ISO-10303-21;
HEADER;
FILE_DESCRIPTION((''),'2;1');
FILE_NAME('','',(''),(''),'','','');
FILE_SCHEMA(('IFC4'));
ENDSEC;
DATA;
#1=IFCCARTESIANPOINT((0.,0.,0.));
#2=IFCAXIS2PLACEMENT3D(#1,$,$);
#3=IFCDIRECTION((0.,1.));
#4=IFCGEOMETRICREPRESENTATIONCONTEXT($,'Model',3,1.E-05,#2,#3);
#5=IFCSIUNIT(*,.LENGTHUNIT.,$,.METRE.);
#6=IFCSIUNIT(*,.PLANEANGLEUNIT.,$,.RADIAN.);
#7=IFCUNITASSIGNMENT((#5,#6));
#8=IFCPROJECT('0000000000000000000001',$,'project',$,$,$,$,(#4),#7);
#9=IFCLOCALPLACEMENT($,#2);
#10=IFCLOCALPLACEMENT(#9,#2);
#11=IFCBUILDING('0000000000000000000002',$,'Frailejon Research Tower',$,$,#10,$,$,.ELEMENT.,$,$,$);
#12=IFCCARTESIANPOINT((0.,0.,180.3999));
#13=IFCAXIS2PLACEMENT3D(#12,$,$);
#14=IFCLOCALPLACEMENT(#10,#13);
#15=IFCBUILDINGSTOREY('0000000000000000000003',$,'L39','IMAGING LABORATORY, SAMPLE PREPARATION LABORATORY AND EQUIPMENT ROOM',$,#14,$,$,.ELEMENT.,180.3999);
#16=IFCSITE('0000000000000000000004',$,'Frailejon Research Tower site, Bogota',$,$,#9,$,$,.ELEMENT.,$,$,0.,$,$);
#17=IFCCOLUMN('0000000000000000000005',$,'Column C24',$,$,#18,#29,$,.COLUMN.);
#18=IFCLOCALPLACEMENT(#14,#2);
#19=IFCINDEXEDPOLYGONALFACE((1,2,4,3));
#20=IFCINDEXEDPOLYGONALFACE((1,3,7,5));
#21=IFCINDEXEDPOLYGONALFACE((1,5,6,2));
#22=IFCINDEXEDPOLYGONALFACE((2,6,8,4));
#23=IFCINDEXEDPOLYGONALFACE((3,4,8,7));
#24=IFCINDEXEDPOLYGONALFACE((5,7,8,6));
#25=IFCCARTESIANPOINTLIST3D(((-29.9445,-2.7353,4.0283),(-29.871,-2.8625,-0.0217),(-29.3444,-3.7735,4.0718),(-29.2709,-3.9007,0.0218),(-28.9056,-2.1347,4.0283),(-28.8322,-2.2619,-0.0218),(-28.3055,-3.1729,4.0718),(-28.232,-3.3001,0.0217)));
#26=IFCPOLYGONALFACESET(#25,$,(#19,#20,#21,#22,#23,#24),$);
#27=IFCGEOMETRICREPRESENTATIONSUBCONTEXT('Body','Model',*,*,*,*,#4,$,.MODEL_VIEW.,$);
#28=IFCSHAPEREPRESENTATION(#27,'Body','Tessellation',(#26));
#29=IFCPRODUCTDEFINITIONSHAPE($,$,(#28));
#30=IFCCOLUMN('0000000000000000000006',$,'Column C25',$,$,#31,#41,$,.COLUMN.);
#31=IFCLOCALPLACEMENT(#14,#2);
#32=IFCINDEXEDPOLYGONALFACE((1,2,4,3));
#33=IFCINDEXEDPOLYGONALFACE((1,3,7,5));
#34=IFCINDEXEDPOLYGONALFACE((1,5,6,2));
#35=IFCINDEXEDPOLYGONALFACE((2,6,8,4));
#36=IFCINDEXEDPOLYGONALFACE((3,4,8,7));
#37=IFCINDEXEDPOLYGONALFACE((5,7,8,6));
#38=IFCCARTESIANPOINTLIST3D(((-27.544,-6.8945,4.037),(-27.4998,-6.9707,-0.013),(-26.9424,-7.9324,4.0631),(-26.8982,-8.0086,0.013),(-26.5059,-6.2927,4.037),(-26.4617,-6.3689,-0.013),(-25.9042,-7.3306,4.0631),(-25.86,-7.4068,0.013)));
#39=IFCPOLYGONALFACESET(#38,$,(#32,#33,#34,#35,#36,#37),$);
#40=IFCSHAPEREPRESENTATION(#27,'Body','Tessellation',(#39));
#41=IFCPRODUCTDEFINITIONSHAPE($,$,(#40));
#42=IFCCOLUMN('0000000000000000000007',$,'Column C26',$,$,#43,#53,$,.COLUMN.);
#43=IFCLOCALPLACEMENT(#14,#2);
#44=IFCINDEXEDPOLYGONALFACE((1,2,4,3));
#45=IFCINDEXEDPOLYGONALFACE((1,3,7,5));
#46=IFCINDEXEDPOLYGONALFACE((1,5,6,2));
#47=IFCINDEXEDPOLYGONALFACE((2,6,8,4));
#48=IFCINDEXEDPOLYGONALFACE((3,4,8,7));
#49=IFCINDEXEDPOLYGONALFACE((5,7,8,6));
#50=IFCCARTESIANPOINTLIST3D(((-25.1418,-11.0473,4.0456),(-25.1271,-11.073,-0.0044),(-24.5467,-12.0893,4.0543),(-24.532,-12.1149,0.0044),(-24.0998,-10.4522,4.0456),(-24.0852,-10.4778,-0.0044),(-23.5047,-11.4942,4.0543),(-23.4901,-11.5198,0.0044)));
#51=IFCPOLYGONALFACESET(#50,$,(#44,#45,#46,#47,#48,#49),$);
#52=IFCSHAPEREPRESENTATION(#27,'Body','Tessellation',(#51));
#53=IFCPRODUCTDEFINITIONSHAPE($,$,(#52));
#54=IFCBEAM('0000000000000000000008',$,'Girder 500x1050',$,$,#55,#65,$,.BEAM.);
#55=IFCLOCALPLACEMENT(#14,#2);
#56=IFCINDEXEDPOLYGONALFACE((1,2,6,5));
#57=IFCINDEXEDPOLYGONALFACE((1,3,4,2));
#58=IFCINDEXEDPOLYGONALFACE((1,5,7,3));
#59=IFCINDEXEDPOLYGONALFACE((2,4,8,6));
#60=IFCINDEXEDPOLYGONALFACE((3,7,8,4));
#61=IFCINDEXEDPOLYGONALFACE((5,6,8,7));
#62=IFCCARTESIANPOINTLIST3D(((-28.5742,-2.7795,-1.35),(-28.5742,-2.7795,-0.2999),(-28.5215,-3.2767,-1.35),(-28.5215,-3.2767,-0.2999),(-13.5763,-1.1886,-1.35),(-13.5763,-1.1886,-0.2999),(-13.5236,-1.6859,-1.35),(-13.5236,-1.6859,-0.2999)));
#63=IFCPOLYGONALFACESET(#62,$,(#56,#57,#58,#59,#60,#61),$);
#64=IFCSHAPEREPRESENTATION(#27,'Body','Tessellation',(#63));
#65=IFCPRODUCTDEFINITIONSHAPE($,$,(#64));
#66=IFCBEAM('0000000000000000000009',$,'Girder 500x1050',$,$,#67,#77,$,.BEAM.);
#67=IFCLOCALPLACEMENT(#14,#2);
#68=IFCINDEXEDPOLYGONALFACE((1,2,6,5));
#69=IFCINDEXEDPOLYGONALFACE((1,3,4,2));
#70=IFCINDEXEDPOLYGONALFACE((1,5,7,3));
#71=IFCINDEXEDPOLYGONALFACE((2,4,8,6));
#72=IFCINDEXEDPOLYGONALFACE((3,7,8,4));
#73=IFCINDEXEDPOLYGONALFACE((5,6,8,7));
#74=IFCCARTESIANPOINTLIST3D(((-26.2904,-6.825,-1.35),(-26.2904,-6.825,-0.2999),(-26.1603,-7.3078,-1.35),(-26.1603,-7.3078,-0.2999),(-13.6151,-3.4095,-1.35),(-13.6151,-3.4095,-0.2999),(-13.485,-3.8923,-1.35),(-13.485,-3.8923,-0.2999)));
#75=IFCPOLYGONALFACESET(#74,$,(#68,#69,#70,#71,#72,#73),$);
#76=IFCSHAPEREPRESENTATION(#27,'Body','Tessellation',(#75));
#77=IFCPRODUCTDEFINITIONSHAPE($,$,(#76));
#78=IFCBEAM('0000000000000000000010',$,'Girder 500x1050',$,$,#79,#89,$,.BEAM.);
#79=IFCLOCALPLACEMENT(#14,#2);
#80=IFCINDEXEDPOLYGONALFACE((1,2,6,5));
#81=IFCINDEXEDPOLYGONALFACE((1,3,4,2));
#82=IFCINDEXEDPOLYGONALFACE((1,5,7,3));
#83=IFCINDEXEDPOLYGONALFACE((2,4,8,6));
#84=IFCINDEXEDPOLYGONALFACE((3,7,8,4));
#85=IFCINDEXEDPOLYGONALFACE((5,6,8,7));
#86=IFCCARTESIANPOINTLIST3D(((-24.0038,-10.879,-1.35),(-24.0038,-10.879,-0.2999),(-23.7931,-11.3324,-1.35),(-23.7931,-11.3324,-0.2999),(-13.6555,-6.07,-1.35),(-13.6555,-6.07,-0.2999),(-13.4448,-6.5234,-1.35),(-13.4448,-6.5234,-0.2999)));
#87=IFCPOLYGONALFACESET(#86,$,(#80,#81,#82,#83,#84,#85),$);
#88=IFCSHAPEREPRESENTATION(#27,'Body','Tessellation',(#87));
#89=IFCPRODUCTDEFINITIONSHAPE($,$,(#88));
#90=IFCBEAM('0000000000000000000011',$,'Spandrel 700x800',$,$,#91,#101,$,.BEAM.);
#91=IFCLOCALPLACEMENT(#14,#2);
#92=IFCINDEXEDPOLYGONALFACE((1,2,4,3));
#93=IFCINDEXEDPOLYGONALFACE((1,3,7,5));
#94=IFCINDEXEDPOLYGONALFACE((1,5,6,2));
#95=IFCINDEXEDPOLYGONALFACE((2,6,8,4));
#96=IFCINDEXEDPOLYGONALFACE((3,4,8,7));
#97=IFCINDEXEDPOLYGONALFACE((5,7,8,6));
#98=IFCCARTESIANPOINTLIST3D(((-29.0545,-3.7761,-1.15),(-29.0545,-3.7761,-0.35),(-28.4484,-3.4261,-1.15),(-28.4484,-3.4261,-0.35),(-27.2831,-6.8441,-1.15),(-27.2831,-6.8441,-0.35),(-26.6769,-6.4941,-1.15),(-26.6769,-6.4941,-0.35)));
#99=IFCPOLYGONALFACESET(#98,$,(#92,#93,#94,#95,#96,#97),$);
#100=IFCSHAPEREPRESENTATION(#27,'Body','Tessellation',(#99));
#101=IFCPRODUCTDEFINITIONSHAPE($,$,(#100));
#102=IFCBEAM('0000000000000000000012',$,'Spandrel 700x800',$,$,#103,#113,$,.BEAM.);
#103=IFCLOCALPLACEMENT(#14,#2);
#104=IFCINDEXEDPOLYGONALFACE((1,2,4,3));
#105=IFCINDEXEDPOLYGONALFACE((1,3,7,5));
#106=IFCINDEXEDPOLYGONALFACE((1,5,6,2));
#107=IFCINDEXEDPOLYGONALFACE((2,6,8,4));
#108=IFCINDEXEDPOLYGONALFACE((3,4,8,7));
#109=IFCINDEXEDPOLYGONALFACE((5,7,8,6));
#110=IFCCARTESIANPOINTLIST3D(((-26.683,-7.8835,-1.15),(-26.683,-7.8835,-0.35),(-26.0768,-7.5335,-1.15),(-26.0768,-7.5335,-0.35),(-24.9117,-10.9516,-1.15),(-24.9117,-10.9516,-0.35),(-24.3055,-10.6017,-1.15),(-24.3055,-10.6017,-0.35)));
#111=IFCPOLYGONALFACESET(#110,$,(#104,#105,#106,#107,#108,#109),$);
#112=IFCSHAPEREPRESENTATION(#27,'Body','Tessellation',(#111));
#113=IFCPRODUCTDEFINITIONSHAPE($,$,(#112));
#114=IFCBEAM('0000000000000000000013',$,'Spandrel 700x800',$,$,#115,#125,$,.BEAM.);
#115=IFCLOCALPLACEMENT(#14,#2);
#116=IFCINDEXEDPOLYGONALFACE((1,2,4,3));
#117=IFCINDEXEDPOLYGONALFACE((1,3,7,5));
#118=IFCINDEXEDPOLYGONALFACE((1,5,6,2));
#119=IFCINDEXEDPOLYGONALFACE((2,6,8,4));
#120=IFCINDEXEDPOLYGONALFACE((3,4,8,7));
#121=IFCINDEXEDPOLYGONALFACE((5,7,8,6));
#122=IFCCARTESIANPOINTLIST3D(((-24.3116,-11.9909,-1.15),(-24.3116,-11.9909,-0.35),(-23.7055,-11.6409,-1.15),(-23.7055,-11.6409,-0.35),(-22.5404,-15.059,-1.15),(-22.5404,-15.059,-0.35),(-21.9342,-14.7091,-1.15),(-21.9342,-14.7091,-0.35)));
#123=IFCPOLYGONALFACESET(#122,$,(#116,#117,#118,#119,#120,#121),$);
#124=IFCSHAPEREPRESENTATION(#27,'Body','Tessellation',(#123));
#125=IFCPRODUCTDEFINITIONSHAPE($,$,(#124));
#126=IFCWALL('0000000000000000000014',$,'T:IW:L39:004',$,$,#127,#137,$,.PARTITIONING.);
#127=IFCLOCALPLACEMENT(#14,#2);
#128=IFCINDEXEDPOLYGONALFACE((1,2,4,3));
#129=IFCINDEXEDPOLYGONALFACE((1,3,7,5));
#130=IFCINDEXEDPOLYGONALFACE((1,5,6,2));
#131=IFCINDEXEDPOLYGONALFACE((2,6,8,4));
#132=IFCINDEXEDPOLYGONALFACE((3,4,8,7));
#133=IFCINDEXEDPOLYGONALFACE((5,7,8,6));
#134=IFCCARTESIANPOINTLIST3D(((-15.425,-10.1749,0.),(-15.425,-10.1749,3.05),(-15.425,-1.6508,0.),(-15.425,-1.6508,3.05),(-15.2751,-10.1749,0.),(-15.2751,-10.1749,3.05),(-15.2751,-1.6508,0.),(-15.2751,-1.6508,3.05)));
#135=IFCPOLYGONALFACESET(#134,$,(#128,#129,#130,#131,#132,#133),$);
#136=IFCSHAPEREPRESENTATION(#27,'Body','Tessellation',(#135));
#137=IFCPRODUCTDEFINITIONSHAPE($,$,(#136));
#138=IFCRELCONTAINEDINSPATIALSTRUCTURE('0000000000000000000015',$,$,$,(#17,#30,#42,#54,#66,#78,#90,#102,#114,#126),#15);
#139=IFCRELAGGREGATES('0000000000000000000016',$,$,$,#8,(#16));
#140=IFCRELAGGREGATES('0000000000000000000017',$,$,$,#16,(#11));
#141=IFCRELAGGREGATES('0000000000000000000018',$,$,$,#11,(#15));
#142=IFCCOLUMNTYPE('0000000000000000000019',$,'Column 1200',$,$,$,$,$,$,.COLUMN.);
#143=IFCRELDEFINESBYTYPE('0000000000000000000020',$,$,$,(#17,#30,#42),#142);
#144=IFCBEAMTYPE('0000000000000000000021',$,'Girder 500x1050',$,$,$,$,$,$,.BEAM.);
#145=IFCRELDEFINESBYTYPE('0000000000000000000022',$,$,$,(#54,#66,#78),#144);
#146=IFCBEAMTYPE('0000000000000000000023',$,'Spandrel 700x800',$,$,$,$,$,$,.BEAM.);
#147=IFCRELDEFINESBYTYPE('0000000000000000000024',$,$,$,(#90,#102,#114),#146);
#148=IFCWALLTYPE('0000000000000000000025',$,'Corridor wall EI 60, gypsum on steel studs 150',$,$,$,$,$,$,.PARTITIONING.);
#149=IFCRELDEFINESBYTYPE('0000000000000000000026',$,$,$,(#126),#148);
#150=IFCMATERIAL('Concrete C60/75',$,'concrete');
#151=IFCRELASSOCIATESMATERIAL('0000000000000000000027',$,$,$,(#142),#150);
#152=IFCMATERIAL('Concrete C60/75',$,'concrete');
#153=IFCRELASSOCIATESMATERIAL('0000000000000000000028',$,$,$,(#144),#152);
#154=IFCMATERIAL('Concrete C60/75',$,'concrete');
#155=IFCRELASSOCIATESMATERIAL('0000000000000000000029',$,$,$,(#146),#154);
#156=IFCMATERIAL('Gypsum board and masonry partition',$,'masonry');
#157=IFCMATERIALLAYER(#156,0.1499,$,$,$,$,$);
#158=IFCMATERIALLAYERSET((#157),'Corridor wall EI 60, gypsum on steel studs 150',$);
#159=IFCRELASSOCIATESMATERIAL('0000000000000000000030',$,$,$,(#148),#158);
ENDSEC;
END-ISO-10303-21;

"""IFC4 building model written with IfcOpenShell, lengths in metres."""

from ifc_helpers import new_model, si_unit, direction, frame, frame_2d, origin, origin_2d, place, context, subcontext, project, spatial, rectangle, extrude, material, layer, layer_set, material_profile, profile_set, type_object, element, save


model = new_model("IFC4")

# Units and contexts
model_context = context("Model", 3, precision=1e-05, world=origin(), true_north=direction((0.0, 1.0)))
body_context = subcontext(model_context, "Body", "Model", "MODEL_VIEW")
ifc_project = project(units=[si_unit("LENGTHUNIT", "METRE"), si_unit("PLANEANGLEUNIT", "RADIAN")], contexts=[model_context])

# Site, building, storey
site_placement = place(None, origin())
site = spatial("IfcSite", under=ifc_project, at=site_placement, Name="Frailejon Research Tower site, Bogota", CompositionType="ELEMENT", RefElevation=0.0)
building_placement = place(site_placement, origin())
building = spatial("IfcBuilding", under=site, at=building_placement, Name="Frailejon Research Tower", CompositionType="ELEMENT")
storey_placement = place(building_placement, frame((0.0, 0.0, 180.3999)))
storey = spatial("IfcBuildingStorey", under=building, at=storey_placement, Name="L39", Description="IMAGING LABORATORY, SAMPLE PREPARATION LABORATORY AND EQUIPMENT ROOM", CompositionType="ELEMENT", Elevation=180.3999)

# Columns
ifc_material_1 = material(Name="Concrete C60/75", Category="concrete")
ifc_material_profile_1 = material_profile(ifc_material_1, rectangle(XDim=1.2, YDim=1.2, at=origin_2d()), Name="Column 1200")
ifc_profile_set_1 = profile_set([ifc_material_profile_1], Name="Concrete C60/75")
column_type = type_object("IfcColumnType", Name="Column 1200", PredefinedType="COLUMN", material=ifc_profile_set_1)
column_1_placement = place(storey_placement, frame((-29.0515, -3.0813, 0.0), z_axis=(-0.018133, 0.031386, 0.999343), x_axis=(0.500145, -0.865183, 0.036247)))
element("IfcColumn", 1, at=column_1_placement, inside=storey, type_object=column_type, Name="Column C24", PredefinedType="COLUMN", context=body_context, shape_type="SweptSolid", body=[
    extrude(rectangle(XDim=1.2, YDim=1.2, at=origin_2d()), origin(), (0.0, 0.0, 1.0), 4.0527),
])
column_2_placement = place(storey_placement, frame((-26.6799, -7.1887, 0.0), z_axis=(-0.010908, 0.018803, 0.999764), x_axis=(0.501388, -0.864949, 0.021738)))
element("IfcColumn", 2, at=column_2_placement, inside=storey, type_object=column_type, Name="Column C25", PredefinedType="COLUMN", context=body_context, shape_type="SweptSolid", body=[
    extrude(rectangle(XDim=1.2, YDim=1.2, at=origin_2d()), origin(), (0.0, 0.0, 1.0), 4.051),
])
column_3_placement = place(storey_placement, frame((-24.3086, -11.2964, 0.0), z_axis=(-0.003617, 0.006329, 0.999973), x_axis=(0.495951, -0.86832, 0.00729)))
element("IfcColumn", 3, at=column_3_placement, inside=storey, type_object=column_type, Name="Column C26", PredefinedType="COLUMN", context=body_context, shape_type="SweptSolid", body=[
    extrude(rectangle(XDim=1.2, YDim=1.2, at=origin_2d()), origin(), (0.0, 0.0, 1.0), 4.05),
])

# Beams
ifc_material_2 = material(Name="Concrete C60/75", Category="concrete")
ifc_material_profile_2 = material_profile(ifc_material_2, rectangle(XDim=0.5, YDim=1.05, at=origin_2d()), Name="Girder 500x1050")
ifc_profile_set_2 = profile_set([ifc_material_profile_2], Name="Concrete C60/75")
beam_type_1 = type_object("IfcBeamType", Name="Girder 500x1050", PredefinedType="BEAM", material=ifc_profile_set_2)
beam_1_placement = place(storey_placement, frame((-28.5479, -3.0281, -0.825), z_axis=(0.994422, 0.105479, 0.0), x_axis=(-0.105479, 0.994422, 0.0)))
element("IfcBeam", 4, at=beam_1_placement, inside=storey, type_object=beam_type_1, Name="Girder 500x1050", PredefinedType="BEAM", context=body_context, shape_type="SweptSolid", body=[
    extrude(rectangle(XDim=0.5, YDim=1.05, at=origin_2d()), origin(), (0.0, 0.0, 1.0), 15.082),
])
beam_2_placement = place(storey_placement, frame((-26.2253, -7.0664, -0.825), z_axis=(0.965559, 0.260183, 0.0), x_axis=(-0.260183, 0.965559, 0.0)))
element("IfcBeam", 5, at=beam_2_placement, inside=storey, type_object=beam_type_1, Name="Girder 500x1050", PredefinedType="BEAM", context=body_context, shape_type="SweptSolid", body=[
    extrude(rectangle(XDim=0.5, YDim=1.05, at=origin_2d()), origin(), (0.0, 0.0, 1.0), 13.1274),
])
beam_3_placement = place(storey_placement, frame((-23.8984, -11.1057, -0.825), z_axis=(0.906859, 0.421434, 0.0), x_axis=(-0.421434, 0.906859, 0.0)))
element("IfcBeam", 6, at=beam_3_placement, inside=storey, type_object=beam_type_1, Name="Girder 500x1050", PredefinedType="BEAM", context=body_context, shape_type="SweptSolid", body=[
    extrude(rectangle(XDim=0.5, YDim=1.05, at=origin_2d()), origin(), (0.0, 0.0, 1.0), 11.4111),
])
ifc_material_3 = material(Name="Concrete C60/75", Category="concrete")
ifc_material_profile_3 = material_profile(ifc_material_3, rectangle(XDim=0.7, YDim=0.8, at=origin_2d()), Name="Spandrel 700x800")
ifc_profile_set_3 = profile_set([ifc_material_profile_3], Name="Concrete C60/75")
beam_type_2 = type_object("IfcBeamType", Name="Spandrel 700x800", PredefinedType="BEAM", material=ifc_profile_set_3)
for number, where, z_axis, x_axis, name in (
    (7, (-28.7515, -3.6011, -0.75), (0.500023, -0.866012, 0.0), (0.866012, 0.500023, 0.0), "Spandrel 700x800"),
    (8, (-26.3799, -7.7085, -0.75), (0.499971, -0.866042, 0.0), (0.866042, 0.499971, 0.0), "Spandrel 700x800"),
    (9, (-24.0085, -11.8159, -0.75), (0.499971, -0.866042, 0.0), (0.866042, 0.499971, 0.0), "Spandrel 700x800"),
):
    element("IfcBeam", number, at=place(storey_placement, frame(where, z_axis=z_axis, x_axis=x_axis)), inside=storey, type_object=beam_type_2, Name=name, PredefinedType="BEAM", context=body_context, shape_type="SweptSolid", body=[
        extrude(rectangle(XDim=0.7, YDim=0.8, at=origin_2d()), origin(), (0.0, 0.0, 1.0), 3.5427),
    ])

# Wall
ifc_material_4 = material(Name="Gypsum board and masonry partition", Category="masonry")
ifc_layer_1 = layer(ifc_material_4, 0.1499)
ifc_layer_set_1 = layer_set([ifc_layer_1], Name="Corridor wall EI 60, gypsum on steel studs 150")
wall_type_1 = type_object("IfcWallType", Name="Corridor wall EI 60, gypsum on steel studs 150", PredefinedType="PARTITIONING", material=ifc_layer_set_1)
wall_1_placement = place(storey_placement, frame((-15.3501, -10.175, 0.0), z_axis=(0.0, 0.0, 1.0), x_axis=(0.0, 1.0, 0.0)))
element("IfcWall", 10, at=wall_1_placement, inside=storey, type_object=wall_type_1, Name="T:IW:L39:004", PredefinedType="PARTITIONING", context=body_context, shape_type="SweptSolid", body=[
    extrude(rectangle(XDim=8.5242, YDim=0.1499, at=frame_2d((4.2622, 0.0))), origin(), (0.0, 0.0, 1.0), 3.05),
])

save(model, "model.ifc")
